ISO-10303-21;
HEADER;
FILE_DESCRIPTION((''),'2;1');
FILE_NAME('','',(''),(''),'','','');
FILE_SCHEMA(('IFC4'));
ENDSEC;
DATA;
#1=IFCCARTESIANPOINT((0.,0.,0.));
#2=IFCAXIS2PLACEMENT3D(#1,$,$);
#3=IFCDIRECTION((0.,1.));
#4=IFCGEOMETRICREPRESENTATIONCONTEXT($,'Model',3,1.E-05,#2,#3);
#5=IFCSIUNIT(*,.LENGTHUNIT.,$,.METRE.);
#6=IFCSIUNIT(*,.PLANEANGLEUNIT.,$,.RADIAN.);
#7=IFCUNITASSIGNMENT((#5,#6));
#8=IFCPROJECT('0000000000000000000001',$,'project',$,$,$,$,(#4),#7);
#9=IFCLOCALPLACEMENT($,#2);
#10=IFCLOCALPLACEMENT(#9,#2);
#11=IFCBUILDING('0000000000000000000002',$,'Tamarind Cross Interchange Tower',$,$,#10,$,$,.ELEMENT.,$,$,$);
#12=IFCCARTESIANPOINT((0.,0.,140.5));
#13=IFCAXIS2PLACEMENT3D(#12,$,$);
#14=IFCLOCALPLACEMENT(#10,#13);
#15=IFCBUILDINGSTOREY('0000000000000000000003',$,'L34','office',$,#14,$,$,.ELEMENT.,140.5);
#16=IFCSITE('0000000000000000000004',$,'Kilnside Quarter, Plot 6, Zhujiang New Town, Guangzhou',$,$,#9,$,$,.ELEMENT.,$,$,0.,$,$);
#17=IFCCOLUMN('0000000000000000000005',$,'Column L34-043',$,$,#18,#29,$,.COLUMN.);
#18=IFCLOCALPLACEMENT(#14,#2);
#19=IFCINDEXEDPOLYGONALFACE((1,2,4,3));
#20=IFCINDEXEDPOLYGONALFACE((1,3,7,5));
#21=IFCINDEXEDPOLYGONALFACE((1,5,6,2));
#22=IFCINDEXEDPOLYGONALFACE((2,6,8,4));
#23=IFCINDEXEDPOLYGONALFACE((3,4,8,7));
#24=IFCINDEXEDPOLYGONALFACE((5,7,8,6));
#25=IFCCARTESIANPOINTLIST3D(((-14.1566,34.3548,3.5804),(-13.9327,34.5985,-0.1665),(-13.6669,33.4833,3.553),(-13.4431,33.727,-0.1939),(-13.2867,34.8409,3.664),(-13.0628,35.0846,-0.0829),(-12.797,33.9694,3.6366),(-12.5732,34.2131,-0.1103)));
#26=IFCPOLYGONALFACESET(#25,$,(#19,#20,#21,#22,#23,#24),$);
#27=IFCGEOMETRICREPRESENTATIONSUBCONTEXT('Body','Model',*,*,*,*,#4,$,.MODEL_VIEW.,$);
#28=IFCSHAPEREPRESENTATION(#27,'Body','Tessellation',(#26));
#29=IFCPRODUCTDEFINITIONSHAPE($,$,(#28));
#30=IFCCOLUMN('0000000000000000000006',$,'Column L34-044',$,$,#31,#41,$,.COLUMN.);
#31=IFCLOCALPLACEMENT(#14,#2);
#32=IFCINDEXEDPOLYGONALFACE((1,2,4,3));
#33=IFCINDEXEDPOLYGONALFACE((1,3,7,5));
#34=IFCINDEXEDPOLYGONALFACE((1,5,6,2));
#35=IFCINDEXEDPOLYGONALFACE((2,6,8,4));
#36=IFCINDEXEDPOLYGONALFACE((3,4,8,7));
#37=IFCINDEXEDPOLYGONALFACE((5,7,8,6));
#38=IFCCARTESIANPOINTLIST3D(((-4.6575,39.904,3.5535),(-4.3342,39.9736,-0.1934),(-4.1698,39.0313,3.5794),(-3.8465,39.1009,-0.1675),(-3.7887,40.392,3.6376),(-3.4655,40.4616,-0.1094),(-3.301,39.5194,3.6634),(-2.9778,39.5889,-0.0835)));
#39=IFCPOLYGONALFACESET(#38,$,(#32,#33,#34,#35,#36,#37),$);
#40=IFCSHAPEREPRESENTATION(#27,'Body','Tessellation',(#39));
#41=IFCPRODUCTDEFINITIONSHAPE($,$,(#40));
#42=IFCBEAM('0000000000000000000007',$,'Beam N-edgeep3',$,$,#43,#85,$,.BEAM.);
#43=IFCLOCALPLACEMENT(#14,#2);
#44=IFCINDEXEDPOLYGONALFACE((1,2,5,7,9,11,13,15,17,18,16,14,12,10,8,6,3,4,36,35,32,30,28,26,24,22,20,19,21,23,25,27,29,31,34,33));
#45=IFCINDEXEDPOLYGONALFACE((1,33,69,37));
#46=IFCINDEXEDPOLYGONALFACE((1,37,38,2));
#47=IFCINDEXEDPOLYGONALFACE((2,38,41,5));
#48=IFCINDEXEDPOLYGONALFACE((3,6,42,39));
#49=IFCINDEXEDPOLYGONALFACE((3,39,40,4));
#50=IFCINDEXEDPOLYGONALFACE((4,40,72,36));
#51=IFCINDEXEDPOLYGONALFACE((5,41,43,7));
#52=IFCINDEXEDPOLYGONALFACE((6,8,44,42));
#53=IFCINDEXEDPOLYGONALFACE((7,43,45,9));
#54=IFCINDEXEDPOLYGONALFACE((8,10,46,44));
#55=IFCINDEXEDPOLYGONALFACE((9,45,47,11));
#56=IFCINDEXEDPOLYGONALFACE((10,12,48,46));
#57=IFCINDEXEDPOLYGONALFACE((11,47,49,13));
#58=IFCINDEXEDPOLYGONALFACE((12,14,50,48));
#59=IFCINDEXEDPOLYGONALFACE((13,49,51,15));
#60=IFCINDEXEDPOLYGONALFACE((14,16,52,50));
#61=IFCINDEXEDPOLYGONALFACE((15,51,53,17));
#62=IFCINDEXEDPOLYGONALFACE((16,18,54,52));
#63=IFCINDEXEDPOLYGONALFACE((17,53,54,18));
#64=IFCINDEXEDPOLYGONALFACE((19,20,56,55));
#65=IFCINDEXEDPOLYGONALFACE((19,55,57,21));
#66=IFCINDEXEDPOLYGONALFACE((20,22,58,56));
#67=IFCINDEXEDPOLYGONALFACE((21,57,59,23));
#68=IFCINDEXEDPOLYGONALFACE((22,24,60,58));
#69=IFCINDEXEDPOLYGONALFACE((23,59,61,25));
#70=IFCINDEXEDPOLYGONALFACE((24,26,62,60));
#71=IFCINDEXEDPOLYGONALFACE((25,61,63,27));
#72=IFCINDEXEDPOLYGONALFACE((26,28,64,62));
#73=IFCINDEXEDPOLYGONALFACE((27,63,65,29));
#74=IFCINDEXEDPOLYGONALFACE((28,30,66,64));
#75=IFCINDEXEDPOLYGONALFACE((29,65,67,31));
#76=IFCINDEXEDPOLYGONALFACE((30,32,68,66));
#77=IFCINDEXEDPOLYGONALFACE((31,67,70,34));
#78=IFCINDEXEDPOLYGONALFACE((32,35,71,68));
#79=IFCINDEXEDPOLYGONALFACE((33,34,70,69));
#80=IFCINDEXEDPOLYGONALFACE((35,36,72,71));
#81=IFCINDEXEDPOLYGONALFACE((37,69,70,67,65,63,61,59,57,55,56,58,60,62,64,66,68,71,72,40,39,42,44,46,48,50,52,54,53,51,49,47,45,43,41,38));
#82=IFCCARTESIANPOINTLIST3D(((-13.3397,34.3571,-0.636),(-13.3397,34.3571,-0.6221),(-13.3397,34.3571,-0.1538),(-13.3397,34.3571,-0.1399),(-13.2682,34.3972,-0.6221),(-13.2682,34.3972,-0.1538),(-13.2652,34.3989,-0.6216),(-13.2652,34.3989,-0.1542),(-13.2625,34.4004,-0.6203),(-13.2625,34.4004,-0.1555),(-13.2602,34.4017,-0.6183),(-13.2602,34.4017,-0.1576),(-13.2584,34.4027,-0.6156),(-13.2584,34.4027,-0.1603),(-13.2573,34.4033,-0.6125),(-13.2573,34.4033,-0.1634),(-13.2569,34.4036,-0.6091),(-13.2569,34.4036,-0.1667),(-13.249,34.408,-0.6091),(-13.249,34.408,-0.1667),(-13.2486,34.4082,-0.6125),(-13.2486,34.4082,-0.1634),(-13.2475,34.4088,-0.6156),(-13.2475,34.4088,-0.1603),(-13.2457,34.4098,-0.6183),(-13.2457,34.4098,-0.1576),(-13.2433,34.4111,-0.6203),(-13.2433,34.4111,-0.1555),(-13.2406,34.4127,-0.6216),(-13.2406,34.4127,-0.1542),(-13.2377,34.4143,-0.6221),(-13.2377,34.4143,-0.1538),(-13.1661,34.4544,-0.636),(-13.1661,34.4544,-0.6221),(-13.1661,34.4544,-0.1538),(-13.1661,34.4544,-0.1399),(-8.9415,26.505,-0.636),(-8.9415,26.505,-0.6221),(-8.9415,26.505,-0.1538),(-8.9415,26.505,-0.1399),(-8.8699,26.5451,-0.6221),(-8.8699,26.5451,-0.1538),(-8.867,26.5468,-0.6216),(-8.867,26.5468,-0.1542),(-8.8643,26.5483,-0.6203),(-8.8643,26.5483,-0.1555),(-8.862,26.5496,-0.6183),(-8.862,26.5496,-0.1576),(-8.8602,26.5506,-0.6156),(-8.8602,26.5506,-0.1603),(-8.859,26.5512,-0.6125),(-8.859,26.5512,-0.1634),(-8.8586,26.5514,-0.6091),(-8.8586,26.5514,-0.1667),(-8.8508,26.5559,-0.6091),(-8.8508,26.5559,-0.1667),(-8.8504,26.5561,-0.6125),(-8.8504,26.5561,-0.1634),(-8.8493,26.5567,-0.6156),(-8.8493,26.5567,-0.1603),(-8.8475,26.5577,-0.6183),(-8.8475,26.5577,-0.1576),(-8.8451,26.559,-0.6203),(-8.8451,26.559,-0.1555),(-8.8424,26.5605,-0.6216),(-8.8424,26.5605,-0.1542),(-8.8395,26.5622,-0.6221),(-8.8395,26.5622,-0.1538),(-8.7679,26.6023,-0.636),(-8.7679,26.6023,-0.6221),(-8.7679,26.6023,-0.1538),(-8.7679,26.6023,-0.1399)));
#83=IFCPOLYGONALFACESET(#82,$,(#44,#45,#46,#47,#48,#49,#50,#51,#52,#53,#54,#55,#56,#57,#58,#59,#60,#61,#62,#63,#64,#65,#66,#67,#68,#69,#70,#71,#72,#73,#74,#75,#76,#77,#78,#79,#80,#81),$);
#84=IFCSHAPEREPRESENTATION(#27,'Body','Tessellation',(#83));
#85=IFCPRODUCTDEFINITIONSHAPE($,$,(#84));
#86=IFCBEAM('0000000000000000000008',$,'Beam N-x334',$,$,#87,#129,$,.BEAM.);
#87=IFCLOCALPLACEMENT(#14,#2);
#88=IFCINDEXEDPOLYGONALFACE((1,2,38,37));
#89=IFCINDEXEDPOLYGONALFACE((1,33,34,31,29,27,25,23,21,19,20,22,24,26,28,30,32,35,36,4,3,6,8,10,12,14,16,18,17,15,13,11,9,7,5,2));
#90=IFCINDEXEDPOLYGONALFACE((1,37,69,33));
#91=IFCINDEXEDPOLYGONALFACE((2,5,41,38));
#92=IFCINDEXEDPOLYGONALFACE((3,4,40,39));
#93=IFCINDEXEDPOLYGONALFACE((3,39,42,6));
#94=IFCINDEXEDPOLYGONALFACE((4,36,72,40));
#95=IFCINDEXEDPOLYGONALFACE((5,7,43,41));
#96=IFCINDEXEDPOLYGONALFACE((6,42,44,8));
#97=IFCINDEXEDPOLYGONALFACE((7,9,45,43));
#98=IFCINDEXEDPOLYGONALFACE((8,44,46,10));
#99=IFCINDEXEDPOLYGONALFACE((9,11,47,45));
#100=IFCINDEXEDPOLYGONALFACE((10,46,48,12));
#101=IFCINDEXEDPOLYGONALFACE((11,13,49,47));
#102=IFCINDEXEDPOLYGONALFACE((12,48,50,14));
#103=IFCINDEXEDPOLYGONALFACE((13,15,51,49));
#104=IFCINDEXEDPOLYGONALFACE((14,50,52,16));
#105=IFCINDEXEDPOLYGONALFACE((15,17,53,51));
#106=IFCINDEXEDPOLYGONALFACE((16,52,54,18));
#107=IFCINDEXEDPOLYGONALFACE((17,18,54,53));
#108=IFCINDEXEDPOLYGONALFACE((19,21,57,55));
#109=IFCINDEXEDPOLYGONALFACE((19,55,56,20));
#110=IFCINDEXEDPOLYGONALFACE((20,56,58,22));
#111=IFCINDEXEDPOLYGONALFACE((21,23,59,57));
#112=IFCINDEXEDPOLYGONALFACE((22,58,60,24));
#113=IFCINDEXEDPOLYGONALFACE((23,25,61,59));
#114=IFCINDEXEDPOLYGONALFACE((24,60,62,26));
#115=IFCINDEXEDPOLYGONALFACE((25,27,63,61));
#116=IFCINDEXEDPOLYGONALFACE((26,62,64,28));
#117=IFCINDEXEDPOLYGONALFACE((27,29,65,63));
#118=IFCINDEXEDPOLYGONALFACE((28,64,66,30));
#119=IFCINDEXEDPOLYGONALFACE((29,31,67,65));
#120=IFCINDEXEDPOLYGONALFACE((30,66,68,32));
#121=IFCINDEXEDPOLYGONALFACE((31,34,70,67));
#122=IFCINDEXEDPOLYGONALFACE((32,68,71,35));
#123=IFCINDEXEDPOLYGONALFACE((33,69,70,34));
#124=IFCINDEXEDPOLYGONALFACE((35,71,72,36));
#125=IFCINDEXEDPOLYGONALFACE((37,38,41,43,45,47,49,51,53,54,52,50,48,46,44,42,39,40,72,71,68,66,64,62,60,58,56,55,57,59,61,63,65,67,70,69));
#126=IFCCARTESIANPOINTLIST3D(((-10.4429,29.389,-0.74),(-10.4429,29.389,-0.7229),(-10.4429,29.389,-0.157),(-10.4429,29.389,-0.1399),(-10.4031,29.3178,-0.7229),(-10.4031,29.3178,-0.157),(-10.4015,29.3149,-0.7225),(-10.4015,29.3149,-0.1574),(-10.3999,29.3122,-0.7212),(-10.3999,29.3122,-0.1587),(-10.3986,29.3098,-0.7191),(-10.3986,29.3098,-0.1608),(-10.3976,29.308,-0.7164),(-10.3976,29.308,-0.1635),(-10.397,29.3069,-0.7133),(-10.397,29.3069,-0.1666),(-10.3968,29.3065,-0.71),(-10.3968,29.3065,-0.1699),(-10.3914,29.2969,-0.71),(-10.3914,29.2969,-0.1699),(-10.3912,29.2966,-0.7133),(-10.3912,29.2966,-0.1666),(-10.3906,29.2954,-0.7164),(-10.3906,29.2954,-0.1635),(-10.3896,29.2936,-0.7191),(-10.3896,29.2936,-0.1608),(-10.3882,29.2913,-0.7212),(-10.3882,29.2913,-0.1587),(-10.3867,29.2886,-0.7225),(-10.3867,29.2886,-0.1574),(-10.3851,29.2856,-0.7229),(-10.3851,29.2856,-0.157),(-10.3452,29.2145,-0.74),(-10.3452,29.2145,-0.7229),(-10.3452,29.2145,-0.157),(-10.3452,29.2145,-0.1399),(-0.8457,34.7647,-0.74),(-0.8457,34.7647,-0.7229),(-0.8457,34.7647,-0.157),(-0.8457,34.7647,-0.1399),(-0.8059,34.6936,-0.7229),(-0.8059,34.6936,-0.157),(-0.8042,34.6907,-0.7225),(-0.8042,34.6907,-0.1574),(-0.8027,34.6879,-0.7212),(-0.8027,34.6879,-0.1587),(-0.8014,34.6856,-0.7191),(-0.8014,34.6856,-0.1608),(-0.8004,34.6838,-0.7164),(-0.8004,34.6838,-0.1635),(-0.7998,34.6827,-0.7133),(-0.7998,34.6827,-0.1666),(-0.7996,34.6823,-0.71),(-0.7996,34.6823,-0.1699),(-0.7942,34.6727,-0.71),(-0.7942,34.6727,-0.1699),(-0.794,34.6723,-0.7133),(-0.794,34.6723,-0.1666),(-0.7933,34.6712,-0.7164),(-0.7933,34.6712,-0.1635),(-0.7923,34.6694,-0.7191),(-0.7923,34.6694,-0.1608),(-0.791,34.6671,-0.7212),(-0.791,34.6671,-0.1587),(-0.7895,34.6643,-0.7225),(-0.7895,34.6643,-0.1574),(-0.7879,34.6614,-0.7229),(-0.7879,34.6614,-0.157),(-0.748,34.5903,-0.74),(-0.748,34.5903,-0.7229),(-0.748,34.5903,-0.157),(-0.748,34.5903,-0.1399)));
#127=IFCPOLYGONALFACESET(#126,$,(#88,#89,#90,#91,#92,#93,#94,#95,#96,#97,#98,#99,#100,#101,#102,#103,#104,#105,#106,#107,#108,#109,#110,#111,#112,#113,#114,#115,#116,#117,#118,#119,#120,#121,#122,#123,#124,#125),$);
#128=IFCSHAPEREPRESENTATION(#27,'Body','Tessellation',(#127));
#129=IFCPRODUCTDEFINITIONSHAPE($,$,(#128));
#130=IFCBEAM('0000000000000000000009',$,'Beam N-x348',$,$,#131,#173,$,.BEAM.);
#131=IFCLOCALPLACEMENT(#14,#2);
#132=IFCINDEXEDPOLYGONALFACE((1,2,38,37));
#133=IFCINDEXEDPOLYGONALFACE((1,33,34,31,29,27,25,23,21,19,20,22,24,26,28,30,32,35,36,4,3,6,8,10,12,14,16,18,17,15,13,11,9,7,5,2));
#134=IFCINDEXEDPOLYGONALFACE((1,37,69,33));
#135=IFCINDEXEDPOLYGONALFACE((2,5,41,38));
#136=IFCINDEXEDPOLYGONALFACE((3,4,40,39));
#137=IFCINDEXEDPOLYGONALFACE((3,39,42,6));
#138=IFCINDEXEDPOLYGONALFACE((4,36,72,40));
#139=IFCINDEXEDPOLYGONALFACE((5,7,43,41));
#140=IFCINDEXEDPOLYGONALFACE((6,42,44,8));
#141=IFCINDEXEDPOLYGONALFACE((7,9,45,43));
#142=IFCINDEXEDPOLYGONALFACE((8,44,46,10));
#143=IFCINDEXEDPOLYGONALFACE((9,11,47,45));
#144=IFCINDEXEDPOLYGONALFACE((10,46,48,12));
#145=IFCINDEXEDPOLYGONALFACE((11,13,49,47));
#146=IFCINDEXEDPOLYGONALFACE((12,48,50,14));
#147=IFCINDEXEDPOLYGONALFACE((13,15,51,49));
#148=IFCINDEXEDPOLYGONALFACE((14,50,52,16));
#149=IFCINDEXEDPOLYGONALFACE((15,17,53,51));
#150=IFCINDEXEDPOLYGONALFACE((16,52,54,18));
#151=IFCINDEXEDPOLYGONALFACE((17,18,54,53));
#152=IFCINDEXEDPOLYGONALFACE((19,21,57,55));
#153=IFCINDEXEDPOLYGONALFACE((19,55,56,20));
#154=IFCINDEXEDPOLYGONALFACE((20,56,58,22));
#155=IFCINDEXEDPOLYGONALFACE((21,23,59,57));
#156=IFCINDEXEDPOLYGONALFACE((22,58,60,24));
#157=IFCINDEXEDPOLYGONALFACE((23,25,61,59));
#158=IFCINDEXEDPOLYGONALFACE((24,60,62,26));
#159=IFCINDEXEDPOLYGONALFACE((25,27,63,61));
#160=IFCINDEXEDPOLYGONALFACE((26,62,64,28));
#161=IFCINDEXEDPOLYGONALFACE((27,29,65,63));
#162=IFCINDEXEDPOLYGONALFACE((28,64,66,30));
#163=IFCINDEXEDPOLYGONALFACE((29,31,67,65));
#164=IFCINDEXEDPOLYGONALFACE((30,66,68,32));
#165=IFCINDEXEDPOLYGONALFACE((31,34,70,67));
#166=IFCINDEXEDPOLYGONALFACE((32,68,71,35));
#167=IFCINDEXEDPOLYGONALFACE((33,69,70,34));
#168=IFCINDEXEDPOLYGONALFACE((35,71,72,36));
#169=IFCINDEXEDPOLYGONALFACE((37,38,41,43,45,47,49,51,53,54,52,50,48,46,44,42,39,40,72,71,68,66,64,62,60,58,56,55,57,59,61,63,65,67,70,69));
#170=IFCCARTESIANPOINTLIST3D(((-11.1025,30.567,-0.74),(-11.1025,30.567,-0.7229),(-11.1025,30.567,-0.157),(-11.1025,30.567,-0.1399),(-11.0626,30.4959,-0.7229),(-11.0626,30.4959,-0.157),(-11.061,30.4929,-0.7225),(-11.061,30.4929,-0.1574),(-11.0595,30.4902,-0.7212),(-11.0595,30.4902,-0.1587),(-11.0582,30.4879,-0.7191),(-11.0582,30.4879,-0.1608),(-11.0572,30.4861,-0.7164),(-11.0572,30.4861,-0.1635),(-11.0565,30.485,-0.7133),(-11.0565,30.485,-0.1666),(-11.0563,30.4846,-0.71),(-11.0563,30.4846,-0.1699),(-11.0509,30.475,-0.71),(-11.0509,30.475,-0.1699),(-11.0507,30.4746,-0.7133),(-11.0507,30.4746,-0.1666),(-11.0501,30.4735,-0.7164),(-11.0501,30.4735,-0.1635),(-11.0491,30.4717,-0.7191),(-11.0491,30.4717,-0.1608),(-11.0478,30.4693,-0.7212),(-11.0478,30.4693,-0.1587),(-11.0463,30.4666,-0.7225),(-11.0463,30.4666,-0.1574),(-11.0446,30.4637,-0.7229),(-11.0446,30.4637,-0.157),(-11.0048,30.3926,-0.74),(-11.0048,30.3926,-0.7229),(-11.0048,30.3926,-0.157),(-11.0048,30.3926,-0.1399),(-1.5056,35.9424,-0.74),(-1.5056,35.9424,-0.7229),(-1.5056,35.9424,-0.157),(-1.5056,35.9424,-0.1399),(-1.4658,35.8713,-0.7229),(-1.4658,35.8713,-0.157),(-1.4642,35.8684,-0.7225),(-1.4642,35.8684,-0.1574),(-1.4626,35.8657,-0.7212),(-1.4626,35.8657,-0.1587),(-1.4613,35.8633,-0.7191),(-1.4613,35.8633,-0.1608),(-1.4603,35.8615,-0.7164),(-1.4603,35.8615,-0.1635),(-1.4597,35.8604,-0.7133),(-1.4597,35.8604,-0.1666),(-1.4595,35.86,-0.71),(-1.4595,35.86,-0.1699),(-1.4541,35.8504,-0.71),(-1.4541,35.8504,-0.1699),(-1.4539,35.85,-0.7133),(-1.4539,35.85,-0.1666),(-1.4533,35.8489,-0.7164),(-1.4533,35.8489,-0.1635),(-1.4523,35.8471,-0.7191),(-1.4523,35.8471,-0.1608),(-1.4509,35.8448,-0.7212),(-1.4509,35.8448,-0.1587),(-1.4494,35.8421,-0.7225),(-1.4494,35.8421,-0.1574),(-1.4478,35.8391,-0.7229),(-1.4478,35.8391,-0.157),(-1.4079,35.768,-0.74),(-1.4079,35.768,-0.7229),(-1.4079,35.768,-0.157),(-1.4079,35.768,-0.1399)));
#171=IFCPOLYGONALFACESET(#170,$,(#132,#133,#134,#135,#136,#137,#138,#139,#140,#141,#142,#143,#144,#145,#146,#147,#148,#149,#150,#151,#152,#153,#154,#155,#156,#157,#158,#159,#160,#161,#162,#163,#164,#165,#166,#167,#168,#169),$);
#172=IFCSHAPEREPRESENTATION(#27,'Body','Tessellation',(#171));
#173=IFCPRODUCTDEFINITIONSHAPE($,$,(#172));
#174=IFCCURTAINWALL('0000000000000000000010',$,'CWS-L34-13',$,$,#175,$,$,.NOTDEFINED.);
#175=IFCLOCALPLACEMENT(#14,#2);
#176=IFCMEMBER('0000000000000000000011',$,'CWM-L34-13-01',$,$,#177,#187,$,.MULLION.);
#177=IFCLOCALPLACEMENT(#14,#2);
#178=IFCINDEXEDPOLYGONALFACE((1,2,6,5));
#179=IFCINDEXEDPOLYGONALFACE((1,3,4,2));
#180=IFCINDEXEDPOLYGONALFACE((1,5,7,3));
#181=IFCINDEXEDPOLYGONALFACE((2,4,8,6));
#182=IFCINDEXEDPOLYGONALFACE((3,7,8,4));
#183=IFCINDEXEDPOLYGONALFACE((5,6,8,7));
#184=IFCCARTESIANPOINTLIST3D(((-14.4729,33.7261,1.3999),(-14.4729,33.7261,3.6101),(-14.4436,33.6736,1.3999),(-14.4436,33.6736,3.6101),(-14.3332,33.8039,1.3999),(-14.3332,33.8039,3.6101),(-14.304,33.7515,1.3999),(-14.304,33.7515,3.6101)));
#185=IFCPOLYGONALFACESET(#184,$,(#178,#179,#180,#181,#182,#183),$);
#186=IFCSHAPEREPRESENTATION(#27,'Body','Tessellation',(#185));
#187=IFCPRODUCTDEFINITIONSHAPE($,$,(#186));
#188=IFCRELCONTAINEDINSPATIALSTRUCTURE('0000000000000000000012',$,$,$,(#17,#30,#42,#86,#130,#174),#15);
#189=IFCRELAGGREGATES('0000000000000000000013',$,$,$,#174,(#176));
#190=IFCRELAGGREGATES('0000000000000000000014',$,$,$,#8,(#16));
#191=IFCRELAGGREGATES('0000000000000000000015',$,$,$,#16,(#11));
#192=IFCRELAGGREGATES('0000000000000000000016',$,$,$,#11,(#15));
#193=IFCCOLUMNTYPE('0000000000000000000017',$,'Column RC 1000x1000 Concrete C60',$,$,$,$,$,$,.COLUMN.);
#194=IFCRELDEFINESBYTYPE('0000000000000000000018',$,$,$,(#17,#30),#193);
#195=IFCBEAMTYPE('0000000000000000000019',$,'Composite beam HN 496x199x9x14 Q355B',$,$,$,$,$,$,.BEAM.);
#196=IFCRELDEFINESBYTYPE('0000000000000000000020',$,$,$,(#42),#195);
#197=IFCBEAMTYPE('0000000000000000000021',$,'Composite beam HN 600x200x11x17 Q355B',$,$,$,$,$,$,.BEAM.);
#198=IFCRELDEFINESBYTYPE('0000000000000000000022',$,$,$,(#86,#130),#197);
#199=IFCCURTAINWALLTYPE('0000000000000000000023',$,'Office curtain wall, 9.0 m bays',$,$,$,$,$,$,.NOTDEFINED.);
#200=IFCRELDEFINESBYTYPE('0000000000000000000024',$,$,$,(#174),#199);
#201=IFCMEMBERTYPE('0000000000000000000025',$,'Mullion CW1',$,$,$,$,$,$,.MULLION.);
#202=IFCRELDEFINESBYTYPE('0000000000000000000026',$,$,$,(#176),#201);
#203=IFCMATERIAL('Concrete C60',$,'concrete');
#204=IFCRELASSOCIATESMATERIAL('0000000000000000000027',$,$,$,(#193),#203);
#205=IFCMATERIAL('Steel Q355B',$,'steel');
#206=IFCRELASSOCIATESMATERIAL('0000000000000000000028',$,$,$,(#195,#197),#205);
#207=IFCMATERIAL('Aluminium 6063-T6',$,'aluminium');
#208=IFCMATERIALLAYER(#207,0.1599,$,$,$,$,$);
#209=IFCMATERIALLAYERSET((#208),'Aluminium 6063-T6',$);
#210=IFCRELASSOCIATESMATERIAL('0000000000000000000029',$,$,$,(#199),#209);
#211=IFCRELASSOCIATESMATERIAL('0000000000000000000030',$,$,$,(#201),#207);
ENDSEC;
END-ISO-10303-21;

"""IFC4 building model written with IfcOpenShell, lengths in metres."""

from ifc_helpers import new_model, si_unit, direction, frame, origin, origin_2d, place, context, subcontext, project, spatial, rectangle, i_section, extrude, material, layer, layer_set, material_profile, profile_set, type_object, element, aggregate, save


model = new_model("IFC4")

# Units and contexts
model_context = context("Model", 3, precision=1e-05, world=origin(), true_north=direction((0.0, 1.0)))
body_context = subcontext(model_context, "Body", "Model", "MODEL_VIEW")
ifc_project = project(units=[si_unit("LENGTHUNIT", "METRE"), si_unit("PLANEANGLEUNIT", "RADIAN")], contexts=[model_context])

# Site, building, storey
site_placement = place(None, origin())
site = spatial("IfcSite", under=ifc_project, at=site_placement, Name="Kilnside Quarter, Plot 6, Zhujiang New Town, Guangzhou", CompositionType="ELEMENT", RefElevation=0.0)
building_placement = place(site_placement, origin())
building = spatial("IfcBuilding", under=site, at=building_placement, Name="Tamarind Cross Interchange Tower", CompositionType="ELEMENT")
storey_placement = place(building_placement, frame((0.0, 0.0, 140.5)))
storey = spatial("IfcBuildingStorey", under=building, at=storey_placement, Name="L34", Description="office", CompositionType="ELEMENT", Elevation=140.5)

# Columns
ifc_material_1 = material(Name="Concrete C60", Category="concrete")
ifc_material_profile_1 = material_profile(ifc_material_1, rectangle(XDim=1.0, YDim=1.0, at=origin_2d()), Name="RC 1000x1000")
ifc_profile_set_1 = profile_set([ifc_material_profile_1], Name="Concrete C60")
column_type = type_object("IfcColumnType", Name="Column RC 1000x1000 Concrete C60", PredefinedType="COLUMN", material=ifc_profile_set_1)
for number, where, z_axis, x_axis, name in (
    (1, (-13.2529, 34.4058, -0.1384), (-0.059519, -0.064777, 0.996123), (0.869891, 0.486109, 0.083588), "Column L34-043"),
    (2, (-3.656, 39.7812, -0.1384), (-0.085937, -0.018499, 0.996129), (0.48769, -0.872633, 0.025868), "Column L34-044"),
):
    element("IfcColumn", number, at=place(storey_placement, frame(where, z_axis=z_axis, x_axis=x_axis)), inside=storey, type_object=column_type, Name=name, PredefinedType="COLUMN", context=body_context, shape_type="SweptSolid", body=[
        extrude(rectangle(XDim=1.0, YDim=1.0, at=origin_2d()), origin(), (0.0, 0.0, 1.0), 3.7615),
    ])

# Beams
ifc_material_2 = material(Name="Steel Q355B", Category="steel")
ifc_material_profile_2 = material_profile(ifc_material_2, i_section(OverallWidth=0.199, OverallDepth=0.4961, WebThickness=0.009, FlangeThickness=0.0139, FilletRadius=0.0129, at=origin_2d()), Name="HN 496x199x9x14")
ifc_profile_set_2 = profile_set([ifc_material_profile_2], Name="Steel Q355B")
beam_type_1 = type_object("IfcBeamType", Name="Composite beam HN 496x199x9x14 Q355B", PredefinedType="BEAM", material=ifc_profile_set_2)
beam_1_placement = place(storey_placement, frame((-13.2529, 34.4058, -0.3879), z_axis=(0.488692, -0.872457, 0.0), x_axis=(0.872457, 0.488692, 0.0)))
element("IfcBeam", 3, at=beam_1_placement, inside=storey, type_object=beam_type_1, Name="Beam N-edgeep3", PredefinedType="BEAM", context=body_context, shape_type="SweptSolid", body=[
    extrude(i_section(OverallWidth=0.199, OverallDepth=0.4961, WebThickness=0.009, FlangeThickness=0.0139, FilletRadius=0.0129, at=origin_2d()), origin(), (0.0, 0.0, 1.0), 9.0),
])
ifc_material_profile_3 = material_profile(ifc_material_2, i_section(OverallWidth=0.2, OverallDepth=0.6001, WebThickness=0.011, FlangeThickness=0.0171, FilletRadius=0.0129, at=origin_2d()), Name="HN 600x200x11x17")
ifc_profile_set_3 = profile_set([ifc_material_profile_3], Name="Steel Q355B")
beam_type_2 = type_object("IfcBeamType", Name="Composite beam HN 600x200x11x17 Q355B", PredefinedType="BEAM", material=ifc_profile_set_3)
beam_2_placement = place(storey_placement, frame((-0.7969, 34.6775, -0.4399), z_axis=(-0.872455, -0.488695, 0.0), x_axis=(0.488695, -0.872455, 0.0)))
element("IfcBeam", 4, at=beam_2_placement, inside=storey, type_object=beam_type_2, Name="Beam N-x334", PredefinedType="BEAM", context=body_context, shape_type="SweptSolid", body=[
    extrude(i_section(OverallWidth=0.2, OverallDepth=0.6001, WebThickness=0.011, FlangeThickness=0.0171, FilletRadius=0.0129, at=origin_2d()), origin(), (0.0, 0.0, 1.0), 11.0002),
])
beam_3_placement = place(storey_placement, frame((-1.4568, 35.8552, -0.4399), z_axis=(-0.872459, -0.488687, 0.0), x_axis=(0.488687, -0.872459, 0.0)))
element("IfcBeam", 5, at=beam_3_placement, inside=storey, type_object=beam_type_2, Name="Beam N-x348", PredefinedType="BEAM", context=body_context, shape_type="SweptSolid", body=[
    extrude(i_section(OverallWidth=0.2, OverallDepth=0.6001, WebThickness=0.011, FlangeThickness=0.0171, FilletRadius=0.0129, at=origin_2d()), origin(), (0.0, 0.0, 1.0), 10.9998),
])

# Curtain wall, member
ifc_material_3 = material(Name="Aluminium 6063-T6", Category="aluminium")
ifc_layer_1 = layer(ifc_material_3, 0.1599)
ifc_layer_set_1 = layer_set([ifc_layer_1], Name="Aluminium 6063-T6")
curtain_wall_type = type_object("IfcCurtainWallType", Name="Office curtain wall, 9.0 m bays", PredefinedType="NOTDEFINED", material=ifc_layer_set_1)
curtain_wall_placement = place(storey_placement, origin())
curtain_wall = element("IfcCurtainWall", 6, at=curtain_wall_placement, inside=storey, type_object=curtain_wall_type, Name="CWS-L34-13", PredefinedType="NOTDEFINED")
ifc_material_profile_4 = material_profile(ifc_material_3, rectangle(XDim=0.0601, YDim=0.1599, at=origin_2d()), Name="Mullion CW1")
ifc_profile_set_4 = profile_set([ifc_material_profile_4], Name="Aluminium 6063-T6")
member_type = type_object("IfcMemberType", Name="Mullion CW1", PredefinedType="MULLION", material=ifc_profile_set_4)
member_placement = place(storey_placement, frame((-14.3884, 33.7388, 1.3999), z_axis=(0.0, 0.0, 1.0), x_axis=(0.486915, -0.87345, 0.0)))
member = element("IfcMember", 7, at=member_placement, type_object=member_type, Name="CWM-L34-13-01", PredefinedType="MULLION", context=body_context, shape_type="SweptSolid", body=[
    extrude(rectangle(XDim=0.0601, YDim=0.1599, at=origin_2d()), origin(), (0.0, 0.0, 1.0), 2.2102),
])
aggregate(curtain_wall, [member])

save(model, "model.ifc")
